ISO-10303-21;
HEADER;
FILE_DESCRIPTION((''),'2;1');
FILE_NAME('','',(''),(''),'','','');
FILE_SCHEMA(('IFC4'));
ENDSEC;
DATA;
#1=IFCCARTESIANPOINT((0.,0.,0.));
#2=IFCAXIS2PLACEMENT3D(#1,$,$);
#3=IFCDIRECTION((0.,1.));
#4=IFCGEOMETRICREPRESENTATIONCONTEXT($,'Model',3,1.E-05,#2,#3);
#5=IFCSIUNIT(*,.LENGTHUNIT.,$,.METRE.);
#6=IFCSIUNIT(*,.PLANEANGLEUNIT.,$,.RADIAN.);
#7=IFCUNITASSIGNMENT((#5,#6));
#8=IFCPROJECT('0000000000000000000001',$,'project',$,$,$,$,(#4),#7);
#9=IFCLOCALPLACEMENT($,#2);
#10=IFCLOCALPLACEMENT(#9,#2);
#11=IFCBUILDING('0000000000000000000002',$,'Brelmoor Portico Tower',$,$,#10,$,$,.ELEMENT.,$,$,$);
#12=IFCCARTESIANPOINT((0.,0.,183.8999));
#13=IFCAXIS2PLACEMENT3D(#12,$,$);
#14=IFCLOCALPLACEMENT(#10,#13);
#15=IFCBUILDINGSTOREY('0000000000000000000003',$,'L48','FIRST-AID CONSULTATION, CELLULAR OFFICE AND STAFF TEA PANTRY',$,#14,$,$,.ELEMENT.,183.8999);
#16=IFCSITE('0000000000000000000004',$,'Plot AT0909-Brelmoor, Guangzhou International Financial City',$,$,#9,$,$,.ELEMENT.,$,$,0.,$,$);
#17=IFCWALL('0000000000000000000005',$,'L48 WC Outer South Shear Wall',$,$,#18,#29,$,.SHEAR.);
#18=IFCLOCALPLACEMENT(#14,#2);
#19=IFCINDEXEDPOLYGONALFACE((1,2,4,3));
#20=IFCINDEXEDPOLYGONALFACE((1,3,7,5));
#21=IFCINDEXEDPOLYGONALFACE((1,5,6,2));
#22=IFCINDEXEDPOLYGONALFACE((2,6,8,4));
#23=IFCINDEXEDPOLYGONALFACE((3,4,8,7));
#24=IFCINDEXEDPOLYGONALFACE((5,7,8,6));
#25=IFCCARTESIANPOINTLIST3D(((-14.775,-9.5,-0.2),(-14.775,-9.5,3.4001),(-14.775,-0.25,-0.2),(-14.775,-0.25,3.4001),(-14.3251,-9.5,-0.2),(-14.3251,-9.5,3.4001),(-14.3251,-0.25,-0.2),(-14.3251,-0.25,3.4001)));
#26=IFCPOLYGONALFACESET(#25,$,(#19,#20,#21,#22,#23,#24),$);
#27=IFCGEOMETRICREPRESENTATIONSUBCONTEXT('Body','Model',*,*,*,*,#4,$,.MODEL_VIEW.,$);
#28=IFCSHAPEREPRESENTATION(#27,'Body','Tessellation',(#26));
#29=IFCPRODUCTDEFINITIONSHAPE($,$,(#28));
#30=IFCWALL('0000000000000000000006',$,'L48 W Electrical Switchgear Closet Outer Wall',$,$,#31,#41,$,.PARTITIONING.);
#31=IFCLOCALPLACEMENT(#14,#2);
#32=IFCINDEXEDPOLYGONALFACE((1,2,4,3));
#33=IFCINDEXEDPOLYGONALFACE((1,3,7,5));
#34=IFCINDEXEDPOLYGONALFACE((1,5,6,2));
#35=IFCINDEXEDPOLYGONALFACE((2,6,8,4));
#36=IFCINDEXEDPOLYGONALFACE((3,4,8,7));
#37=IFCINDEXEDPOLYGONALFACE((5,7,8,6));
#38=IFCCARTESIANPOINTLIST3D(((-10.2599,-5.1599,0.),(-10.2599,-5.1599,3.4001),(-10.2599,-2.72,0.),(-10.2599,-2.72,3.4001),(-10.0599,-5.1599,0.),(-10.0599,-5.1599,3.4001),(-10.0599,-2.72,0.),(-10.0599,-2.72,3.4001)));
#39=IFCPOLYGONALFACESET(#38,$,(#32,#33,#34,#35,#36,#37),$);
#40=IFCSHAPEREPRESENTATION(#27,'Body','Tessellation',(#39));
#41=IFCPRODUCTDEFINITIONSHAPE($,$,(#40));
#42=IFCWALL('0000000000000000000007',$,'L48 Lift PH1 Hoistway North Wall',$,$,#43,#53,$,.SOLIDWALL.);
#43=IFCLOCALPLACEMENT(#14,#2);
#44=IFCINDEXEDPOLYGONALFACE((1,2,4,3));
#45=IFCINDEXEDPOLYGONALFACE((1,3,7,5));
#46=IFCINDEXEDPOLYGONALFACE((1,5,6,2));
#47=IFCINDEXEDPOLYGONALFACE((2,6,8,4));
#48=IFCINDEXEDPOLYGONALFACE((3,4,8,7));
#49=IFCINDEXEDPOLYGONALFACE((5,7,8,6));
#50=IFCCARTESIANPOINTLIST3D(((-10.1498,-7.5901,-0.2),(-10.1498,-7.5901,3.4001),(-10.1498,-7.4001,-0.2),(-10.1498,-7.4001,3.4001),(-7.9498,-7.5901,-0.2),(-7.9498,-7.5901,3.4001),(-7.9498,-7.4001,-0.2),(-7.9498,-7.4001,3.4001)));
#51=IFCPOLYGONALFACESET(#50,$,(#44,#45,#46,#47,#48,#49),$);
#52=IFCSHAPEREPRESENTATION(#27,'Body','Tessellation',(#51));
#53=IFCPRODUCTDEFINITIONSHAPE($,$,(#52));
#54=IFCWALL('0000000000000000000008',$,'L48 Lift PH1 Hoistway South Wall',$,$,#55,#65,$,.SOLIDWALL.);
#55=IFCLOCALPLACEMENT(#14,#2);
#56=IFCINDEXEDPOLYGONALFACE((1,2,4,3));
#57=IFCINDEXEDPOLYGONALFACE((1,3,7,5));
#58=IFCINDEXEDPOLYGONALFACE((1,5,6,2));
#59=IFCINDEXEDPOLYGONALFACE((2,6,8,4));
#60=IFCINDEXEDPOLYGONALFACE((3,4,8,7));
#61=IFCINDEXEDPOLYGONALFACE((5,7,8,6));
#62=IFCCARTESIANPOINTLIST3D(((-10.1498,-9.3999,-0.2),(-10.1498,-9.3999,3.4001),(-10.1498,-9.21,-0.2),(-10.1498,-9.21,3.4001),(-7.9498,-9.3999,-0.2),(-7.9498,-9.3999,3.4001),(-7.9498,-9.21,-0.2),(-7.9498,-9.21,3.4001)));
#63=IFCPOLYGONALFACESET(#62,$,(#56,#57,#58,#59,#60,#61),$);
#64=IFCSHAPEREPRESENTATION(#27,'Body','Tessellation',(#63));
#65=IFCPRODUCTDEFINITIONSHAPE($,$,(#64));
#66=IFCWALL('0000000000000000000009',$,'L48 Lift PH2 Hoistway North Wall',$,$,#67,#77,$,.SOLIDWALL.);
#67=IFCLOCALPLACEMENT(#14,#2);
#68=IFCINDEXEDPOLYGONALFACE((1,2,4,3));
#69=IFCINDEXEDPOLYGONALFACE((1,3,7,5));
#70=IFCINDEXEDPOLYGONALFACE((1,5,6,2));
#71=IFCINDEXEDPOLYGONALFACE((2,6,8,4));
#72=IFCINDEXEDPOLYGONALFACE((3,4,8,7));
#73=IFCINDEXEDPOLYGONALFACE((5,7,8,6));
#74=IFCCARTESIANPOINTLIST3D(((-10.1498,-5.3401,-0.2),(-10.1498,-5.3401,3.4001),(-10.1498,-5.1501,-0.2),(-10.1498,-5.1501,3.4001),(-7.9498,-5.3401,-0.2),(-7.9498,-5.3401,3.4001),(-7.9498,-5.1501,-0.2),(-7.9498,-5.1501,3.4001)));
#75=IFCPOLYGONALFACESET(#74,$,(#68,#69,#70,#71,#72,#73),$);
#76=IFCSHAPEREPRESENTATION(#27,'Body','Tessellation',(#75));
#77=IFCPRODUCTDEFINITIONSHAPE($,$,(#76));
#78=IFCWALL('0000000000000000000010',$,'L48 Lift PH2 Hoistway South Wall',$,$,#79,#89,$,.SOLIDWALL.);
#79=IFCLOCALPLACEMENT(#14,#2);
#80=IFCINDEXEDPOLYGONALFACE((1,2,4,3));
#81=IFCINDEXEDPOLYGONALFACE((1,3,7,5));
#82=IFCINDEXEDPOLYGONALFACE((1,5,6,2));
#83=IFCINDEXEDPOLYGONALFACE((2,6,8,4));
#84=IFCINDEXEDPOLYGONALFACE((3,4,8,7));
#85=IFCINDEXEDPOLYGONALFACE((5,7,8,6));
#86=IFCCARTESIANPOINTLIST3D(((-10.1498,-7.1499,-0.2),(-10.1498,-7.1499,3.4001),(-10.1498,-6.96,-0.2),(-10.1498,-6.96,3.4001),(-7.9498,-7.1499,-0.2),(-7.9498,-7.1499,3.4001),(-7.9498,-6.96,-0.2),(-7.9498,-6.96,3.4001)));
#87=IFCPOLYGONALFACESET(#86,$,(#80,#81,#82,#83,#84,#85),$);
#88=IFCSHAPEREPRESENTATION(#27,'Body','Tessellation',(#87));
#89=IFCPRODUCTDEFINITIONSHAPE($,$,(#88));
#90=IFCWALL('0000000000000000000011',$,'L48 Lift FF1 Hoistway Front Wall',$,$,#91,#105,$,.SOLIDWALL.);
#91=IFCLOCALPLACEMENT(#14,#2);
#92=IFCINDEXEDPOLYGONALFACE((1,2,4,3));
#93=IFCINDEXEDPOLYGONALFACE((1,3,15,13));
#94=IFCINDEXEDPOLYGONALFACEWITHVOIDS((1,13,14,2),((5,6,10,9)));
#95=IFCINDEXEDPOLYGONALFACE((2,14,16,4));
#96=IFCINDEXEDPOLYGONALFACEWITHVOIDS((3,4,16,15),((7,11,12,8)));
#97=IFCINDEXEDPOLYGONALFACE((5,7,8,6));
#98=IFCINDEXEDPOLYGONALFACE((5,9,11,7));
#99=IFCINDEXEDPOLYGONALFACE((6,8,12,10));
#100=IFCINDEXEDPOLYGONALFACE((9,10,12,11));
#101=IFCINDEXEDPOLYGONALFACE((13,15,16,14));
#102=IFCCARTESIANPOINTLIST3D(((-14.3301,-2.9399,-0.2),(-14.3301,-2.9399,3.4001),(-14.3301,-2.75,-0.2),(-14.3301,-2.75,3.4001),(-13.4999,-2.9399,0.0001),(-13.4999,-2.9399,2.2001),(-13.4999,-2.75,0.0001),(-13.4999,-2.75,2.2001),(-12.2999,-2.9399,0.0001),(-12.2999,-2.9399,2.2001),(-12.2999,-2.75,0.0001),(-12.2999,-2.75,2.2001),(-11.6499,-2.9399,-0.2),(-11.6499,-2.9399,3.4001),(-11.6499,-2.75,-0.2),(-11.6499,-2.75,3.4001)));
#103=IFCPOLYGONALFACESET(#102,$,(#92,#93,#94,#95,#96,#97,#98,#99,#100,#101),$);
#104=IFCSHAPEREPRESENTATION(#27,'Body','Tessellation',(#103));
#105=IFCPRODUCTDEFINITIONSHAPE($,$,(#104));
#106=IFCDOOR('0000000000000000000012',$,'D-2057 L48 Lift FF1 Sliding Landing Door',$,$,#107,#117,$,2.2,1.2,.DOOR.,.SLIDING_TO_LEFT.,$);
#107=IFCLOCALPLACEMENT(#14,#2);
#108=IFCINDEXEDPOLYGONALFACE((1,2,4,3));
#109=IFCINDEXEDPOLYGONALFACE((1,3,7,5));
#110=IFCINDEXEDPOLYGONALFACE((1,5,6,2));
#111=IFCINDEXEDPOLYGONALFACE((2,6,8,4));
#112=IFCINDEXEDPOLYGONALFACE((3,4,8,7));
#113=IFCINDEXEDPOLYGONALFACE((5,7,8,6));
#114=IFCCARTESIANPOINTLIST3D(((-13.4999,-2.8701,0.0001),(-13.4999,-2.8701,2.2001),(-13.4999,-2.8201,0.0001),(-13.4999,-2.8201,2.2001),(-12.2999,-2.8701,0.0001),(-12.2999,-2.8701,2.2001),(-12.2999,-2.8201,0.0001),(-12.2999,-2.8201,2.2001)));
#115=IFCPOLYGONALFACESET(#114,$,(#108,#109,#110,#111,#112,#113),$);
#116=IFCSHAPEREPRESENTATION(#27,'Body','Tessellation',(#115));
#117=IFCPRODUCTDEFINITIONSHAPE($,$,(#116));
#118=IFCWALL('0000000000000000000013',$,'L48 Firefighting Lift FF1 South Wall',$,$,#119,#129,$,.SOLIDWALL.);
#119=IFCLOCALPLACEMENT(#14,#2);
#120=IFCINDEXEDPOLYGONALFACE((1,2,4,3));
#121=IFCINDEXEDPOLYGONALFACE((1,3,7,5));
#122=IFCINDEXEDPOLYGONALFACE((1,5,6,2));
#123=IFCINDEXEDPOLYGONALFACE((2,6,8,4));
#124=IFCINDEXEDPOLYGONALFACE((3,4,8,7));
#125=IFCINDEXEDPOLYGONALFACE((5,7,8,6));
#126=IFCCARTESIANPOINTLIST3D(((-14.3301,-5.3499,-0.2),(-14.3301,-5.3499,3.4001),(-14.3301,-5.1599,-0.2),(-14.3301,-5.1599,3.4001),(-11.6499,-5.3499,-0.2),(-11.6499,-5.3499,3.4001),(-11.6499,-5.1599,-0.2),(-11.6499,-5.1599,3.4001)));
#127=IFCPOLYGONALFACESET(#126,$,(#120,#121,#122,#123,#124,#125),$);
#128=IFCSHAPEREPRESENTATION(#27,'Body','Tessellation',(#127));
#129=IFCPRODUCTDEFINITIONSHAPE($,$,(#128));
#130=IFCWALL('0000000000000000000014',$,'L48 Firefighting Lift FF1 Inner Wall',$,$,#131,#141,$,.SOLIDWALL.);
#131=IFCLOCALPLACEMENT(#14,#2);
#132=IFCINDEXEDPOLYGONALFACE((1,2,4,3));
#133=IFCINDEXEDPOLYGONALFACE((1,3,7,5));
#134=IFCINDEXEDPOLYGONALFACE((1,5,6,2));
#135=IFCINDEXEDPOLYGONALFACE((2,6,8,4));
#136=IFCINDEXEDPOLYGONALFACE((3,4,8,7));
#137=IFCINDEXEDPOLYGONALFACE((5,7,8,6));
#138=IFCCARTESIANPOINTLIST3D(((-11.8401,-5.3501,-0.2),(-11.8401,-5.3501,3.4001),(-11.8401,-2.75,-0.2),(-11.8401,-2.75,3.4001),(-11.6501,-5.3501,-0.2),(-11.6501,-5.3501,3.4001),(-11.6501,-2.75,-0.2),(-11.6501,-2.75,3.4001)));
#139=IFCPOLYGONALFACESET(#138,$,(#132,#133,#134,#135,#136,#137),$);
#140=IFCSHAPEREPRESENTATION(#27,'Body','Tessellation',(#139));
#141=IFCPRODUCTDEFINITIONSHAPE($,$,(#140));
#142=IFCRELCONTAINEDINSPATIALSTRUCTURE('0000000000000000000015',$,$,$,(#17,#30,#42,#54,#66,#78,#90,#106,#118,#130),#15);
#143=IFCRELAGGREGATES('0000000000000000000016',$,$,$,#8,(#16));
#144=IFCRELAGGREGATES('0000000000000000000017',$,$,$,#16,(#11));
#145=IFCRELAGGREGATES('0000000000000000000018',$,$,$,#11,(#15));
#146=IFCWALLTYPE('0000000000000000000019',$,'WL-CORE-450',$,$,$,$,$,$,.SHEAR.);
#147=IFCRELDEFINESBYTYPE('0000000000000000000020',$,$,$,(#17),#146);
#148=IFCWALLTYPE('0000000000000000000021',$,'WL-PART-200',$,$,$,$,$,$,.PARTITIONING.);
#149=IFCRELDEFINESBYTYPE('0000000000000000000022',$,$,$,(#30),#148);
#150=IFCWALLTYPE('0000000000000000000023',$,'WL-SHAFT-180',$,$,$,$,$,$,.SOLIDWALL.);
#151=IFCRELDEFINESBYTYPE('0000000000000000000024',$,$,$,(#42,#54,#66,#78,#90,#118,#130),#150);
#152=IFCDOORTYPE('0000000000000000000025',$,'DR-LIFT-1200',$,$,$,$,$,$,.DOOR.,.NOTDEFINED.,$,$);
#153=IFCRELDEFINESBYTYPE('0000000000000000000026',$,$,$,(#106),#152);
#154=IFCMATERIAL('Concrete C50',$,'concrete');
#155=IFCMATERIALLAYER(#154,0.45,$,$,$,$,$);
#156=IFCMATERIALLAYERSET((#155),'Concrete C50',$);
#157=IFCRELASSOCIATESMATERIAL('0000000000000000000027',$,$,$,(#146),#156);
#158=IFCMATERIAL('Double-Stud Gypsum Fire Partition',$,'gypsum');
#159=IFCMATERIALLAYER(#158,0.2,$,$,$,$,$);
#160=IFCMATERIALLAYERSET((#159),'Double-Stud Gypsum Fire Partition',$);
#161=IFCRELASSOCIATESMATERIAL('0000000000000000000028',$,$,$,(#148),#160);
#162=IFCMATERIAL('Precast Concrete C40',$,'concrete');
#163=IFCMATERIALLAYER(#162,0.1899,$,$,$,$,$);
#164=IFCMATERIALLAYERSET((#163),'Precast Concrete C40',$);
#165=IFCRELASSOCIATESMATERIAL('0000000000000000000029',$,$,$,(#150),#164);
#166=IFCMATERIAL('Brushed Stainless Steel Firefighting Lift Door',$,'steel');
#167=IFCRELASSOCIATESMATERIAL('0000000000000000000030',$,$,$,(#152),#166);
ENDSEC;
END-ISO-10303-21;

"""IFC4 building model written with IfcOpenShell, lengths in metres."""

from ifc_helpers import new_model, si_unit, direction, frame, frame_2d, origin, place, context, subcontext, project, spatial, rectangle, extrude, material, layer, layer_set, type_object, element, fill, save


model = new_model("IFC4")

# Units and contexts
model_context = context("Model", 3, precision=1e-05, world=origin(), true_north=direction((0.0, 1.0)))
body_context = subcontext(model_context, "Body", "Model", "MODEL_VIEW")
ifc_project = project(units=[si_unit("LENGTHUNIT", "METRE"), si_unit("PLANEANGLEUNIT", "RADIAN")], contexts=[model_context])

# Site, building, storey
site_placement = place(None, origin())
site = spatial("IfcSite", under=ifc_project, at=site_placement, Name="Plot AT0909-Brelmoor, Guangzhou International Financial City", CompositionType="ELEMENT", RefElevation=0.0)
building_placement = place(site_placement, origin())
building = spatial("IfcBuilding", under=site, at=building_placement, Name="Brelmoor Portico Tower", CompositionType="ELEMENT")
storey_placement = place(building_placement, frame((0.0, 0.0, 183.8999)))
storey = spatial("IfcBuildingStorey", under=building, at=storey_placement, Name="L48", Description="FIRST-AID CONSULTATION, CELLULAR OFFICE AND STAFF TEA PANTRY", CompositionType="ELEMENT", Elevation=183.8999)

# Wall
ifc_material_1 = material(Name="Concrete C50", Category="concrete")
ifc_layer_1 = layer(ifc_material_1, 0.45)
ifc_layer_set_1 = layer_set([ifc_layer_1], Name="Concrete C50")
wall_type_1 = type_object("IfcWallType", Name="WL-CORE-450", PredefinedType="SHEAR", material=ifc_layer_set_1)
wall_1_placement = place(storey_placement, frame((-14.55, -9.5, -0.2), z_axis=(0.0, 0.0, 1.0), x_axis=(0.0, 1.0, 0.0)))
element("IfcWall", 1, at=wall_1_placement, inside=storey, type_object=wall_type_1, Name="L48 WC Outer South Shear Wall", PredefinedType="SHEAR", context=body_context, shape_type="SweptSolid", body=[
    extrude(rectangle(XDim=9.25, YDim=0.45, at=frame_2d((4.625, 0.0))), origin(), (0.0, 0.0, 1.0), 3.6001),
])

# Shared definitions
ifc_material_2 = material(Name="Double-Stud Gypsum Fire Partition", Category="gypsum")
ifc_layer_2 = layer(ifc_material_2, 0.2)
ifc_layer_set_2 = layer_set([ifc_layer_2], Name="Double-Stud Gypsum Fire Partition")
wall_type_2 = type_object("IfcWallType", Name="WL-PART-200", PredefinedType="PARTITIONING", material=ifc_layer_set_2)

# Walls
wall_2_placement = place(storey_placement, frame((-10.1599, -5.1599, 0.0), z_axis=(0.0, 0.0, 1.0), x_axis=(0.0, 1.0, 0.0)))
element("IfcWall", 2, at=wall_2_placement, inside=storey, type_object=wall_type_2, Name="L48 W Electrical Switchgear Closet Outer Wall", PredefinedType="PARTITIONING", context=body_context, shape_type="SweptSolid", body=[
    extrude(rectangle(XDim=2.4399, YDim=0.2, at=frame_2d((1.22, 0.0))), origin(), (0.0, 0.0, 1.0), 3.4001),
])
ifc_material_3 = material(Name="Precast Concrete C40", Category="concrete")
ifc_layer_3 = layer(ifc_material_3, 0.1899)
ifc_layer_set_3 = layer_set([ifc_layer_3], Name="Precast Concrete C40")
wall_type_3 = type_object("IfcWallType", Name="WL-SHAFT-180", PredefinedType="SOLIDWALL", material=ifc_layer_set_3)
for number, where, z_axis, x_axis, name in (
    (3, (-10.1499, -7.4951, -0.2), (0.0, 0.0, 1.0), (1.0, 0.0, 0.0), "L48 Lift PH1 Hoistway North Wall"),
    (4, (-10.1499, -9.3049, -0.2), (0.0, 0.0, 1.0), (1.0, 0.0, 0.0), "L48 Lift PH1 Hoistway South Wall"),
    (5, (-10.1499, -5.2451, -0.2), (0.0, 0.0, 1.0), (1.0, 0.0, 0.0), "L48 Lift PH2 Hoistway North Wall"),
    (6, (-10.1499, -7.0549, -0.2), (0.0, 0.0, 1.0), (1.0, 0.0, 0.0), "L48 Lift PH2 Hoistway South Wall"),
):
    element("IfcWall", number, at=place(storey_placement, frame(where, z_axis=z_axis, x_axis=x_axis)), inside=storey, type_object=wall_type_3, Name=name, PredefinedType="SOLIDWALL", context=body_context, shape_type="SweptSolid", body=[
        extrude(rectangle(XDim=2.2, YDim=0.1899, at=frame_2d((1.1001, 0.0))), origin(), (0.0, 0.0, 1.0), 3.6001),
    ])

# Wall, opening, door
wall_3_placement = place(storey_placement, frame((-14.3301, -2.845, -0.2), z_axis=(0.0, 0.0, 1.0), x_axis=(1.0, 0.0, 0.0)))
wall_3 = element("IfcWall", 7, at=wall_3_placement, inside=storey, type_object=wall_type_3, Name="L48 Lift FF1 Hoistway Front Wall", PredefinedType="SOLIDWALL", context=body_context, shape_type="SweptSolid", body=[
    extrude(rectangle(XDim=2.6802, YDim=0.1899, at=frame_2d((1.3401, 0.0))), origin(), (0.0, 0.0, 1.0), 3.6001),
])
opening_1_placement = place(wall_3_placement, frame((0.8301, 0.0, 0.2)))
opening_1 = element("IfcOpeningElement", 8, at=opening_1_placement, cuts=wall_3, PredefinedType="OPENING", context=body_context, shape_type="SweptSolid", body=[
    extrude(rectangle(XDim=1.2, YDim=2.2, at=frame_2d((0.6001, 1.1001))), frame((0.0, 0.105, 0.0), z_axis=(0.0, -1.0, 0.0), x_axis=(1.0, 0.0, 0.0)), (0.0, 0.0, 1.0), 0.21),
])
ifc_material_4 = material(Name="Brushed Stainless Steel Firefighting Lift Door", Category="steel")
door_type_1 = type_object("IfcDoorType", Name="DR-LIFT-1200", OperationType="NOTDEFINED", PredefinedType="DOOR", material=ifc_material_4)
door_1_placement = place(opening_1_placement, origin())
door_1 = element("IfcDoor", 9, at=door_1_placement, inside=storey, type_object=door_type_1, Name="D-2057 L48 Lift FF1 Sliding Landing Door", OperationType="SLIDING_TO_LEFT", OverallHeight=2.2, OverallWidth=1.2, PredefinedType="DOOR", context=body_context, shape_type="SweptSolid", body=[
    extrude(rectangle(XDim=1.2, YDim=2.2, at=frame_2d((0.6001, 1.1001))), frame((0.0, 0.0249, 0.0), z_axis=(0.0, -1.0, 0.0), x_axis=(1.0, 0.0, 0.0)), (0.0, 0.0, 1.0), 0.05),
])
fill(opening_1, door_1)

# Walls
wall_4_placement = place(storey_placement, frame((-14.3301, -5.2549, -0.2), z_axis=(0.0, 0.0, 1.0), x_axis=(1.0, 0.0, 0.0)))
element("IfcWall", 10, at=wall_4_placement, inside=storey, type_object=wall_type_3, Name="L48 Firefighting Lift FF1 South Wall", PredefinedType="SOLIDWALL", context=body_context, shape_type="SweptSolid", body=[
    extrude(rectangle(XDim=2.6802, YDim=0.1899, at=frame_2d((1.3401, 0.0))), origin(), (0.0, 0.0, 1.0), 3.6001),
])
wall_5_placement = place(storey_placement, frame((-11.7451, -5.3501, -0.2), z_axis=(0.0, 0.0, 1.0), x_axis=(0.0, 1.0, 0.0)))
element("IfcWall", 11, at=wall_5_placement, inside=storey, type_object=wall_type_3, Name="L48 Firefighting Lift FF1 Inner Wall", PredefinedType="SOLIDWALL", context=body_context, shape_type="SweptSolid", body=[
    extrude(rectangle(XDim=2.6001, YDim=0.1899, at=frame_2d((1.3, 0.0))), origin(), (0.0, 0.0, 1.0), 3.6001),
])

save(model, "model.ifc")
